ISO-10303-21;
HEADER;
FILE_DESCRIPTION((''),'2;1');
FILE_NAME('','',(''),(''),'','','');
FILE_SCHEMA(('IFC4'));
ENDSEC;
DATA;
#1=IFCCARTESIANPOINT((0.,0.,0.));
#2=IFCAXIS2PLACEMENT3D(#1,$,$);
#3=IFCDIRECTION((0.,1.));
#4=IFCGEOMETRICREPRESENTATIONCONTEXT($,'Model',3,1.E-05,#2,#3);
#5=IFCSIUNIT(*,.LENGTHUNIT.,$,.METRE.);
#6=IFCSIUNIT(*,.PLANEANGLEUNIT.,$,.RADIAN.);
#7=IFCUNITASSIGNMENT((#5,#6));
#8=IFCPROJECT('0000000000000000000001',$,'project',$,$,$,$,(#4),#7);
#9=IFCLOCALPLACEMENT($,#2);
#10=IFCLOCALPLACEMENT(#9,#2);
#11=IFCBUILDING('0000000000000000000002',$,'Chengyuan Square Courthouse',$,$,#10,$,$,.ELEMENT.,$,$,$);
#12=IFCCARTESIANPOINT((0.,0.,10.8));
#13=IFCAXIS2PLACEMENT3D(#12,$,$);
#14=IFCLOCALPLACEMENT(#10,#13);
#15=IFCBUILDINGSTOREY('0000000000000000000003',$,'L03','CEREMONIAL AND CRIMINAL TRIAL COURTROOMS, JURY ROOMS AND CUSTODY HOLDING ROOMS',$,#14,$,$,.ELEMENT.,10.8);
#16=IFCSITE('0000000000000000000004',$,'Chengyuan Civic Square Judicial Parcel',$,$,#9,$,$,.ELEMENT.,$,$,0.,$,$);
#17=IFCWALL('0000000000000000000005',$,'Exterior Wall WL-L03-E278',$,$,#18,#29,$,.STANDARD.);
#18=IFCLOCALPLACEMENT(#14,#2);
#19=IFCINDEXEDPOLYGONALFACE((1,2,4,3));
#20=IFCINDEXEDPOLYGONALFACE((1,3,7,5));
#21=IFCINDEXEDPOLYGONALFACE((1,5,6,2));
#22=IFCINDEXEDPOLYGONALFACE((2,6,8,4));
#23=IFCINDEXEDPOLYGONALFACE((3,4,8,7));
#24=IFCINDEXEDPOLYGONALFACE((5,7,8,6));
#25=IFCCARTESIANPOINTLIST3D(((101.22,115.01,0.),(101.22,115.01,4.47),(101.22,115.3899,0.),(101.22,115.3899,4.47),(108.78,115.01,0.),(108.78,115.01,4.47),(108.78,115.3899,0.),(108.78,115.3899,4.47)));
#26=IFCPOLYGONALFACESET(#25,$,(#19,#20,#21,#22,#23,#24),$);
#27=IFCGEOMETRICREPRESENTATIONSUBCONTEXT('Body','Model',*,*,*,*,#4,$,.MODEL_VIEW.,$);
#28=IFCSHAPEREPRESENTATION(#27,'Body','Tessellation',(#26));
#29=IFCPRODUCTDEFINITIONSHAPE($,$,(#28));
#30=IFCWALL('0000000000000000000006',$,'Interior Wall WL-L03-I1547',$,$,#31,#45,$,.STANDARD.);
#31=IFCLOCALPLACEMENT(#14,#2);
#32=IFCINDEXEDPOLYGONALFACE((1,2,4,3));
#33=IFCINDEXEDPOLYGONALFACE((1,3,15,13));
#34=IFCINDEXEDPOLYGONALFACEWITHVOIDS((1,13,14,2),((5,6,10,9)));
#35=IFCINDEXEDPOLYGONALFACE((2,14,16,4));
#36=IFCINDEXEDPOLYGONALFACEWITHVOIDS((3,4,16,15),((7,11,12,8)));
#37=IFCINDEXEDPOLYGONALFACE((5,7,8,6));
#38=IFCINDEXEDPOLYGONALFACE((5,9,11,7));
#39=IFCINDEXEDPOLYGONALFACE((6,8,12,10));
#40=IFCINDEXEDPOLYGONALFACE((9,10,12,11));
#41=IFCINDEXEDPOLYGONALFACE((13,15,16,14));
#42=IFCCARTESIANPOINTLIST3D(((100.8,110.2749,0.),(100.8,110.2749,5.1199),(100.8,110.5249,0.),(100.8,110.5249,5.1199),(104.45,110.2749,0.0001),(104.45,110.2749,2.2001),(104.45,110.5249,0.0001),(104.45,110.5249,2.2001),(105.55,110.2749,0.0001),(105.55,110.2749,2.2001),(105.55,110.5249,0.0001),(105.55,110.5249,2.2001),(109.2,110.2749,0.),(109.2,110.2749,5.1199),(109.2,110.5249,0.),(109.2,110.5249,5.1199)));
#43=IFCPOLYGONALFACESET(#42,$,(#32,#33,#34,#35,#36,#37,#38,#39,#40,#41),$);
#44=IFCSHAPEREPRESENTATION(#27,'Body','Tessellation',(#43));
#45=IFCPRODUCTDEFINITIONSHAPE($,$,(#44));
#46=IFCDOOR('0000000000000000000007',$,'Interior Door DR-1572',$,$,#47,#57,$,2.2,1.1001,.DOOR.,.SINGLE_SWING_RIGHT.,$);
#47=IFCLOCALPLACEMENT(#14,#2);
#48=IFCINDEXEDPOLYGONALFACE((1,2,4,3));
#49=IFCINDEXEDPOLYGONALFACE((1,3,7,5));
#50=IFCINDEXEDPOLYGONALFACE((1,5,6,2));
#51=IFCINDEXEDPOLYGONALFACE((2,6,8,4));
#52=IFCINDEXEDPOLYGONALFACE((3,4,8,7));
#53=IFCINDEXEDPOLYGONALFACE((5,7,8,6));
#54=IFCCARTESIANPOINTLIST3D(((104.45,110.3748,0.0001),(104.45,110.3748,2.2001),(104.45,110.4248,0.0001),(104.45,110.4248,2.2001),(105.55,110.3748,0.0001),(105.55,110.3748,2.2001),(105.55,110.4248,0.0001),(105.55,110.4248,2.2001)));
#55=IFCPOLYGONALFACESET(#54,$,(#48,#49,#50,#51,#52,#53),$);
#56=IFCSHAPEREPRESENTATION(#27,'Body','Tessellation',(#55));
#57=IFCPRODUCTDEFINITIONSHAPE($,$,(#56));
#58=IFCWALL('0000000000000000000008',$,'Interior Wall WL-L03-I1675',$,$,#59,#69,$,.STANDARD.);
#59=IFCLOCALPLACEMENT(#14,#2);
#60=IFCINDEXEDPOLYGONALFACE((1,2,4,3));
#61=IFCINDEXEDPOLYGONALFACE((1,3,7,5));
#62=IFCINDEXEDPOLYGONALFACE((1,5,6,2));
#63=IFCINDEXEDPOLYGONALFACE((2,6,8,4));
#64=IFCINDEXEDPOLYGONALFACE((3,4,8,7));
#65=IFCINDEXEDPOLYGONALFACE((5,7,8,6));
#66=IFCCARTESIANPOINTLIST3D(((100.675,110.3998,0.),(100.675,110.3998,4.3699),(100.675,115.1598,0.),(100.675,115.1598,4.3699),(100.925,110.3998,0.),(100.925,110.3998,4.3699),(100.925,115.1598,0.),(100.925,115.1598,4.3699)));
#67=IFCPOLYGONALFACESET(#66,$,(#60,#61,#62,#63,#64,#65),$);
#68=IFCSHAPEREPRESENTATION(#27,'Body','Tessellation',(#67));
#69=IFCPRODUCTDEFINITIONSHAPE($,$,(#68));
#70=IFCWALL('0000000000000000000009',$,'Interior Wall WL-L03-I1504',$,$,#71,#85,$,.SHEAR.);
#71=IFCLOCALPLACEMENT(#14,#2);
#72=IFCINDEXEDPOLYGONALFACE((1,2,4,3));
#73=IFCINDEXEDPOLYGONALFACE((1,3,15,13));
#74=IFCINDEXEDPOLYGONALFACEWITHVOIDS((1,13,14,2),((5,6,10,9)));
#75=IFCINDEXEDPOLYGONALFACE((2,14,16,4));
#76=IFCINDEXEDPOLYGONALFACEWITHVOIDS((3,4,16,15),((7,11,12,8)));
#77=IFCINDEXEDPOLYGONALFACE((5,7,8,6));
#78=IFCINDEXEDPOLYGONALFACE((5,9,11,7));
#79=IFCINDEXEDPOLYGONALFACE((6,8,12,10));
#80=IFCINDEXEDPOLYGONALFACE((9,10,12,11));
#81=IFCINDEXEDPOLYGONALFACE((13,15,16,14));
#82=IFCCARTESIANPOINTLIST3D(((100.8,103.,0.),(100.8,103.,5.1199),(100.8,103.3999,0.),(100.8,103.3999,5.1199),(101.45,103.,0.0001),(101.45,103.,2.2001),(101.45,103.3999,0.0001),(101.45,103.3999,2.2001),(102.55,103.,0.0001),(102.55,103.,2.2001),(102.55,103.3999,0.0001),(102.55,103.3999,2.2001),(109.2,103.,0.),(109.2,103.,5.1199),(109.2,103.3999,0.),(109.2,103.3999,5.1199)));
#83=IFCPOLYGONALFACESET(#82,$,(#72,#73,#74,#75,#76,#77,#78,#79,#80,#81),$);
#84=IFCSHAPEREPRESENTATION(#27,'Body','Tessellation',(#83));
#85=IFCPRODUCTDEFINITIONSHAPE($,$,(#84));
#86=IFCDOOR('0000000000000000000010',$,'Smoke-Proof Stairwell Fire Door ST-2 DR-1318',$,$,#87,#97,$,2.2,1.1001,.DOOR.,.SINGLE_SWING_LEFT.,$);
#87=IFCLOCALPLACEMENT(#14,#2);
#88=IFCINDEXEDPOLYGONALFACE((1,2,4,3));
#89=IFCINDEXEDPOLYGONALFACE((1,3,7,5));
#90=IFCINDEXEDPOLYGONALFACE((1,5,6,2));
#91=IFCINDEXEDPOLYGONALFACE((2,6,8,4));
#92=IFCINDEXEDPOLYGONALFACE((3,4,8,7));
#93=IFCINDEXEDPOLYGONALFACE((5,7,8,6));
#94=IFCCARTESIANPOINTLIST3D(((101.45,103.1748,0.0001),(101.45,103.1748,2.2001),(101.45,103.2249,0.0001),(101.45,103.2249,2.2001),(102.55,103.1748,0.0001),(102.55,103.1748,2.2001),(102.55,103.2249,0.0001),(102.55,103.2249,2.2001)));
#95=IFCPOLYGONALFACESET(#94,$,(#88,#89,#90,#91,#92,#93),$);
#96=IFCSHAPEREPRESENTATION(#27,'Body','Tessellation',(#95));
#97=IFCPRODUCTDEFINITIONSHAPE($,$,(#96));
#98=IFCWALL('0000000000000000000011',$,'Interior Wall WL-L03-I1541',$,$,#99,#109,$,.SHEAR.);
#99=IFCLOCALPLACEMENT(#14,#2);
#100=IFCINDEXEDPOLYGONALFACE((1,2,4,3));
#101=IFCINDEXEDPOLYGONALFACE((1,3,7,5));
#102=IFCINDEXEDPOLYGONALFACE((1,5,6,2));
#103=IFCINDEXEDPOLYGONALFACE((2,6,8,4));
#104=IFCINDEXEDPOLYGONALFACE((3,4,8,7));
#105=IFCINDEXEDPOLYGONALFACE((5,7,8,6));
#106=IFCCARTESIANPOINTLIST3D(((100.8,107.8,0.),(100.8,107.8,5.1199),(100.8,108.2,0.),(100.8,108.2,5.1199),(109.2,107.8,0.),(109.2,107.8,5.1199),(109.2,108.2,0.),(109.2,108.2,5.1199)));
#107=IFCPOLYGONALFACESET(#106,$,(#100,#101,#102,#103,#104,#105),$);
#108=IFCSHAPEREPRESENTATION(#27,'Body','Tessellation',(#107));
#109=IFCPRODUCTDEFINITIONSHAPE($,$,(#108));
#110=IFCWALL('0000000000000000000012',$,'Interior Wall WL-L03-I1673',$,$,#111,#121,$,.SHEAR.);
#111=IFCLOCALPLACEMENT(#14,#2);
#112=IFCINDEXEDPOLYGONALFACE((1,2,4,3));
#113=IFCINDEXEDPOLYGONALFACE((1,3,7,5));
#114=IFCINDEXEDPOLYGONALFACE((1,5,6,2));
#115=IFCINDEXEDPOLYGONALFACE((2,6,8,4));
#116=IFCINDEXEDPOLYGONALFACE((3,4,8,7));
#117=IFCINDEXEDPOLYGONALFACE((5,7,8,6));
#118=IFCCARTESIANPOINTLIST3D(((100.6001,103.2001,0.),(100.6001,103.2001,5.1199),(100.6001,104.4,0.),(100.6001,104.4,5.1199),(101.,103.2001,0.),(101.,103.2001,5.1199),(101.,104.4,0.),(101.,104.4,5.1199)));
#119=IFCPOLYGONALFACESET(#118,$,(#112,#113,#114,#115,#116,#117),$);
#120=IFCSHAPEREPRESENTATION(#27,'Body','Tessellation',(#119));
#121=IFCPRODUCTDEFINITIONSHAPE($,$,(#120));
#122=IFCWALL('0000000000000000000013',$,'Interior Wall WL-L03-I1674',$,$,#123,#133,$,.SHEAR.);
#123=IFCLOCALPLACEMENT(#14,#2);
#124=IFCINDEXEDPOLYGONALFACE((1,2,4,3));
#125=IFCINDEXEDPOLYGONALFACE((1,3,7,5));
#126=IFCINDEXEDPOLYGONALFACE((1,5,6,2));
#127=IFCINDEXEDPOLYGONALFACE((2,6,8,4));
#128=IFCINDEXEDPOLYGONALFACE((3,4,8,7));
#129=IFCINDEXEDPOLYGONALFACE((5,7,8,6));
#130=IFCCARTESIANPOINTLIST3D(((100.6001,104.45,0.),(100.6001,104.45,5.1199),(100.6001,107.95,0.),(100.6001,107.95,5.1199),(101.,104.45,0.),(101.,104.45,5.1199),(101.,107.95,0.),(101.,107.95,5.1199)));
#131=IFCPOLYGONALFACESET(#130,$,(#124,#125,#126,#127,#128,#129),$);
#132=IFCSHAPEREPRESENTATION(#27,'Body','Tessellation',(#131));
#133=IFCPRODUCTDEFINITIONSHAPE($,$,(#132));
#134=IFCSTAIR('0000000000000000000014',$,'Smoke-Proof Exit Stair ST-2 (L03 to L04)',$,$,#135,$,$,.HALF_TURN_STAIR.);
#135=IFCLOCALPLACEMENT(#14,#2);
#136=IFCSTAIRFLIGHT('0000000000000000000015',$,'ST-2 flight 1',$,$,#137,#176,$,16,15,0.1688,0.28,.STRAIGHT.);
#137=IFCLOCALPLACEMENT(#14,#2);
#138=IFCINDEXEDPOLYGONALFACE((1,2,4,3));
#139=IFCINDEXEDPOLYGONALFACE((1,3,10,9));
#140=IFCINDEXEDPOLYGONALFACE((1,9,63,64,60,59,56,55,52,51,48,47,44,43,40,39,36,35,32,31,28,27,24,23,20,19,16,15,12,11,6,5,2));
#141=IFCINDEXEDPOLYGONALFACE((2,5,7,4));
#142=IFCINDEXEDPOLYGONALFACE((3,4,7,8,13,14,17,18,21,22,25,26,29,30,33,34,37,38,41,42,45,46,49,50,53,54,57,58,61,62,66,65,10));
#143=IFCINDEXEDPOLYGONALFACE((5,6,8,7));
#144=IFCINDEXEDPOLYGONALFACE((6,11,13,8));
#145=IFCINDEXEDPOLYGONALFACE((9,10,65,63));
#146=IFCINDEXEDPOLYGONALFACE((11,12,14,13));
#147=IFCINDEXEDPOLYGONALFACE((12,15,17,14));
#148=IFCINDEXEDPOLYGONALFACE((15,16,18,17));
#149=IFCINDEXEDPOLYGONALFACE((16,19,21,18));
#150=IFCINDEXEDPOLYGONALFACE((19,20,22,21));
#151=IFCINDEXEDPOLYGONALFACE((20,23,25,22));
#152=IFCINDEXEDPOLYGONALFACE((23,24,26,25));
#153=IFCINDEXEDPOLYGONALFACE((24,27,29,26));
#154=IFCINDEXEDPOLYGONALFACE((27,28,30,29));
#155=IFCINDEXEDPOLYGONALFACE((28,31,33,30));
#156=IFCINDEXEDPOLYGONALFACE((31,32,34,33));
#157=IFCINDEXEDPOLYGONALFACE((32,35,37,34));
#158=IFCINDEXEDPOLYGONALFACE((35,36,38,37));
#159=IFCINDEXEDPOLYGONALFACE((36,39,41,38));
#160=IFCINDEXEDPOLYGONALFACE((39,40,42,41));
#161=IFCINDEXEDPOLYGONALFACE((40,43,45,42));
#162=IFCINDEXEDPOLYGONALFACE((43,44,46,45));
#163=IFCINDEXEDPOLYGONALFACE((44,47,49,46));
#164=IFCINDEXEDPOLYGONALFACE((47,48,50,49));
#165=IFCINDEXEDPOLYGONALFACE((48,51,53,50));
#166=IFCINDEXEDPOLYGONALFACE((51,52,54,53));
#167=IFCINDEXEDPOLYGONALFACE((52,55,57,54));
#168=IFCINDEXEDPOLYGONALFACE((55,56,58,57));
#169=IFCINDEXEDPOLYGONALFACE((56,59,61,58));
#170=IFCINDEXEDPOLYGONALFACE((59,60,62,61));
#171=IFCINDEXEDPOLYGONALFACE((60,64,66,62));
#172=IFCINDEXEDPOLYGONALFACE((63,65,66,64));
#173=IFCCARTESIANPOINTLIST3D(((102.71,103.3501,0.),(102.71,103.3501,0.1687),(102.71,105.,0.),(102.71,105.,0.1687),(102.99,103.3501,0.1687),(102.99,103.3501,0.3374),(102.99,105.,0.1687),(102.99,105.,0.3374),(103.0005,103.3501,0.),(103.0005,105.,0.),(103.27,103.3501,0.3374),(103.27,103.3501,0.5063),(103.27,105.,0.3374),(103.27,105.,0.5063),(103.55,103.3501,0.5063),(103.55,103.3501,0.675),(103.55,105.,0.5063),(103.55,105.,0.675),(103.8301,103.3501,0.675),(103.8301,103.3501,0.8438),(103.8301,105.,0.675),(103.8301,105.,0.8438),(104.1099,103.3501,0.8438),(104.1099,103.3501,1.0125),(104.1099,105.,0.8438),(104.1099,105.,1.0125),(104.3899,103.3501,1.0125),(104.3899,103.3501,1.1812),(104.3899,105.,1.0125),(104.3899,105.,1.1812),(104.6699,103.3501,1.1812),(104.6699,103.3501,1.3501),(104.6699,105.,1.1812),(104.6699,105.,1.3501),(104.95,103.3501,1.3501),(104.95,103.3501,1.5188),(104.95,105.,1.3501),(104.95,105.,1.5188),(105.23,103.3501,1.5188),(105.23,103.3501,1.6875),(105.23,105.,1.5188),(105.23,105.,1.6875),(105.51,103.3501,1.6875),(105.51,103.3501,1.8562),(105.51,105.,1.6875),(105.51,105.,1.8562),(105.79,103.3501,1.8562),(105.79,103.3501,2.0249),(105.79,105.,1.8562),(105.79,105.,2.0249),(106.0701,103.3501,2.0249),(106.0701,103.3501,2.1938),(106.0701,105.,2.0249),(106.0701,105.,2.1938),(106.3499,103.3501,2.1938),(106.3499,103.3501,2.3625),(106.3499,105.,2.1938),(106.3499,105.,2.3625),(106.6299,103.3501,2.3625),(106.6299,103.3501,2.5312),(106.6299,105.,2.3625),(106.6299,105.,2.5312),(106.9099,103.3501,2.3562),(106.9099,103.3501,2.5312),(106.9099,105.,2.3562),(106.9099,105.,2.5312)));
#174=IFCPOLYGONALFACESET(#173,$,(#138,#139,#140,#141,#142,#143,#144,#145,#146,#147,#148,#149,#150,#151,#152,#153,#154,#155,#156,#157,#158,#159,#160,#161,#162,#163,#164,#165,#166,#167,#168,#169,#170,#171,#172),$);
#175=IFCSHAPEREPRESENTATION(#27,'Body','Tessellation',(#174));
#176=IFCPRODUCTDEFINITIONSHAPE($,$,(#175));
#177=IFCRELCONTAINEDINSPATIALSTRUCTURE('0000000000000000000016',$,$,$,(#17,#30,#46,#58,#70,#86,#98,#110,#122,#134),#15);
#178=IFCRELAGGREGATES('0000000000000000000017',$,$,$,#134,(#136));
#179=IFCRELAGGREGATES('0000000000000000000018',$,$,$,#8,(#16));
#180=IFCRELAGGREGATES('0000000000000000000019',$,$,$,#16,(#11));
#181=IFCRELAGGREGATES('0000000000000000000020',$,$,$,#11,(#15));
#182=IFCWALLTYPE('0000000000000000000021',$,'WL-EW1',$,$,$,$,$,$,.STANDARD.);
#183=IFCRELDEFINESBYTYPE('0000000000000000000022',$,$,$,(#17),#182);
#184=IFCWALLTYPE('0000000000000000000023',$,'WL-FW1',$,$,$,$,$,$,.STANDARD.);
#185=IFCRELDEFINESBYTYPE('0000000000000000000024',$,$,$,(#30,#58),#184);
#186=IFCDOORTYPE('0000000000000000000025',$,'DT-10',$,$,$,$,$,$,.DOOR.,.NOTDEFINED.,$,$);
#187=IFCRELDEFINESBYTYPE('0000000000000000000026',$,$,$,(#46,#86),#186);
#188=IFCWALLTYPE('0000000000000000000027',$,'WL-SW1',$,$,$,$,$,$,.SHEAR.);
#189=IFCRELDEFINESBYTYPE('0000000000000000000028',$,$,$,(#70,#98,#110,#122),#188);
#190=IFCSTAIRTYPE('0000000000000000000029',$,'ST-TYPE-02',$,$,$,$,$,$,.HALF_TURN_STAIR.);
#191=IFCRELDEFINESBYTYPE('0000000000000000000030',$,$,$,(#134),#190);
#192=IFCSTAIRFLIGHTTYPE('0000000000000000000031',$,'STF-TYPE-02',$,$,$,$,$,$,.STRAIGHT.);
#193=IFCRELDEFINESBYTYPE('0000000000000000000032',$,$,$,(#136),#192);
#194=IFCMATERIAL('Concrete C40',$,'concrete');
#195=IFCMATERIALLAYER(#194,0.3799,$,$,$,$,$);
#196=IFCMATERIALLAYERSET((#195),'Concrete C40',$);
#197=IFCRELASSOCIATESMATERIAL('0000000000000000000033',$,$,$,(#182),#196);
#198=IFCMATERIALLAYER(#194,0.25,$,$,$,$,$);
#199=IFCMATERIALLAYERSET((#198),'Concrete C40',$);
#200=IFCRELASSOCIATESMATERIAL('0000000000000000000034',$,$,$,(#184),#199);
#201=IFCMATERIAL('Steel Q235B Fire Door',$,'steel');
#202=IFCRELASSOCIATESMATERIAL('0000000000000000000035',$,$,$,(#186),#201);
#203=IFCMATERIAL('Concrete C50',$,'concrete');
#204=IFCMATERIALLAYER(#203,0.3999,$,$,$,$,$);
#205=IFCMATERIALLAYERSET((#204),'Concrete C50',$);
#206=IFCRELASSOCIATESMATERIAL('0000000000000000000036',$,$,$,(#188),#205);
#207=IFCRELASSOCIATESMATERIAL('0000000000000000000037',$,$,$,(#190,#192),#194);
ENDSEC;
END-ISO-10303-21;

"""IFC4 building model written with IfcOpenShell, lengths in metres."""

from ifc_helpers import new_model, si_unit, direction, frame, frame_2d, origin, place, context, subcontext, project, spatial, polyline, rectangle, outline, extrude, material, layer, layer_set, type_object, element, fill, aggregate, save


model = new_model("IFC4")

# Units and contexts
model_context = context("Model", 3, precision=1e-05, world=origin(), true_north=direction((0.0, 1.0)))
body_context = subcontext(model_context, "Body", "Model", "MODEL_VIEW")
ifc_project = project(units=[si_unit("LENGTHUNIT", "METRE"), si_unit("PLANEANGLEUNIT", "RADIAN")], contexts=[model_context])

# Site, building, storey
site_placement = place(None, origin())
site = spatial("IfcSite", under=ifc_project, at=site_placement, Name="Chengyuan Civic Square Judicial Parcel", CompositionType="ELEMENT", RefElevation=0.0)
building_placement = place(site_placement, origin())
building = spatial("IfcBuilding", under=site, at=building_placement, Name="Chengyuan Square Courthouse", CompositionType="ELEMENT")
storey_placement = place(building_placement, frame((0.0, 0.0, 10.8)))
storey = spatial("IfcBuildingStorey", under=building, at=storey_placement, Name="L03", Description="CEREMONIAL AND CRIMINAL TRIAL COURTROOMS, JURY ROOMS AND CUSTODY HOLDING ROOMS", CompositionType="ELEMENT", Elevation=10.8)

# Shared definitions
ifc_material_1 = material(Name="Concrete C50", Category="concrete")

# Shared definitions
ifc_material_2 = material(Name="Concrete C40", Category="concrete")

# Wall
ifc_layer_1 = layer(ifc_material_2, 0.3799)
ifc_layer_set_1 = layer_set([ifc_layer_1], Name="Concrete C40")
wall_type_1 = type_object("IfcWallType", Name="WL-EW1", PredefinedType="STANDARD", material=ifc_layer_set_1)
wall_1_placement = place(storey_placement, frame((101.22, 115.2, 0.0), z_axis=(0.0, 0.0, 1.0), x_axis=(1.0, 0.0, 0.0)))
element("IfcWall", 1, at=wall_1_placement, inside=storey, type_object=wall_type_1, Name="Exterior Wall WL-L03-E278", PredefinedType="STANDARD", context=body_context, shape_type="SweptSolid", body=[
    extrude(rectangle(XDim=7.5601, YDim=0.3799, at=frame_2d((3.78, 0.0))), origin(), (0.0, 0.0, 1.0), 4.47),
])

# Wall, opening, door
ifc_layer_2 = layer(ifc_material_2, 0.25)
ifc_layer_set_2 = layer_set([ifc_layer_2], Name="Concrete C40")
wall_type_2 = type_object("IfcWallType", Name="WL-FW1", PredefinedType="STANDARD", material=ifc_layer_set_2)
wall_2_placement = place(storey_placement, frame((100.8, 110.3999, 0.0), z_axis=(0.0, 0.0, 1.0), x_axis=(1.0, 0.0, 0.0)))
wall_2 = element("IfcWall", 2, at=wall_2_placement, inside=storey, type_object=wall_type_2, Name="Interior Wall WL-L03-I1547", PredefinedType="STANDARD", context=body_context, shape_type="SweptSolid", body=[
    extrude(rectangle(XDim=8.3999, YDim=0.25, at=frame_2d((4.2, 0.0))), origin(), (0.0, 0.0, 1.0), 5.1199),
])
opening_1_placement = place(wall_2_placement, frame((3.6499, 0.0, 0.0)))
opening_1 = element("IfcOpeningElement", 3, at=opening_1_placement, cuts=wall_2, PredefinedType="OPENING", context=body_context, shape_type="SweptSolid", body=[
    extrude(rectangle(XDim=1.1001, YDim=2.2, at=frame_2d((0.55, 1.1001))), frame((0.0, 0.137, 0.0), z_axis=(0.0, -1.0, 0.0), x_axis=(1.0, 0.0, 0.0)), (0.0, 0.0, 1.0), 0.2739),
])
ifc_material_3 = material(Name="Steel Q235B Fire Door", Category="steel")
door_type = type_object("IfcDoorType", Name="DT-10", OperationType="NOTDEFINED", PredefinedType="DOOR", material=ifc_material_3)
door_1_placement = place(opening_1_placement, origin())
door_1 = element("IfcDoor", 4, at=door_1_placement, inside=storey, type_object=door_type, Name="Interior Door DR-1572", OperationType="SINGLE_SWING_RIGHT", OverallHeight=2.2, OverallWidth=1.1001, PredefinedType="DOOR", context=body_context, shape_type="SweptSolid", body=[
    extrude(rectangle(XDim=1.1001, YDim=2.2, at=frame_2d((0.55, 1.1001))), frame((0.0, 0.0249, 0.0), z_axis=(0.0, -1.0, 0.0), x_axis=(1.0, 0.0, 0.0)), (0.0, 0.0, 1.0), 0.05),
])
fill(opening_1, door_1)

# Wall
wall_3_placement = place(storey_placement, frame((100.8, 110.3999, 0.0), z_axis=(0.0, 0.0, 1.0), x_axis=(0.0, 1.0, 0.0)))
element("IfcWall", 5, at=wall_3_placement, inside=storey, type_object=wall_type_2, Name="Interior Wall WL-L03-I1675", PredefinedType="STANDARD", context=body_context, shape_type="SweptSolid", body=[
    extrude(rectangle(XDim=4.76, YDim=0.25, at=frame_2d((2.3799, 0.0))), origin(), (0.0, 0.0, 1.0), 4.3699),
])

# Wall, opening, door
ifc_layer_3 = layer(ifc_material_1, 0.3999)
ifc_layer_set_3 = layer_set([ifc_layer_3], Name="Concrete C50")
wall_type_3 = type_object("IfcWallType", Name="WL-SW1", PredefinedType="SHEAR", material=ifc_layer_set_3)
wall_4_placement = place(storey_placement, frame((100.8, 103.2, 0.0), z_axis=(0.0, 0.0, 1.0), x_axis=(1.0, 0.0, 0.0)))
wall_4 = element("IfcWall", 6, at=wall_4_placement, inside=storey, type_object=wall_type_3, Name="Interior Wall WL-L03-I1504", PredefinedType="SHEAR", context=body_context, shape_type="SweptSolid", body=[
    extrude(rectangle(XDim=8.3999, YDim=0.3999, at=frame_2d((4.2, 0.0))), origin(), (0.0, 0.0, 1.0), 5.1199),
])
opening_2_placement = place(wall_4_placement, frame((0.6499, 0.0, 0.0)))
opening_2 = element("IfcOpeningElement", 7, at=opening_2_placement, cuts=wall_4, PredefinedType="OPENING", context=body_context, shape_type="SweptSolid", body=[
    extrude(rectangle(XDim=1.1001, YDim=2.2, at=frame_2d((0.55, 1.1001))), frame((0.0, 0.2119, 0.0), z_axis=(0.0, -1.0, 0.0), x_axis=(1.0, 0.0, 0.0)), (0.0, 0.0, 1.0), 0.4238),
])
door_2_placement = place(opening_2_placement, origin())
door_2 = element("IfcDoor", 8, at=door_2_placement, inside=storey, type_object=door_type, Name="Smoke-Proof Stairwell Fire Door ST-2 DR-1318", OperationType="SINGLE_SWING_LEFT", OverallHeight=2.2, OverallWidth=1.1001, PredefinedType="DOOR", context=body_context, shape_type="SweptSolid", body=[
    extrude(rectangle(XDim=1.1001, YDim=2.2, at=frame_2d((0.55, 1.1001))), frame((0.0, 0.0249, 0.0), z_axis=(0.0, -1.0, 0.0), x_axis=(1.0, 0.0, 0.0)), (0.0, 0.0, 1.0), 0.05),
])
fill(opening_2, door_2)

# Walls
wall_5_placement = place(storey_placement, frame((100.8, 108.0, 0.0), z_axis=(0.0, 0.0, 1.0), x_axis=(1.0, 0.0, 0.0)))
element("IfcWall", 9, at=wall_5_placement, inside=storey, type_object=wall_type_3, Name="Interior Wall WL-L03-I1541", PredefinedType="SHEAR", context=body_context, shape_type="SweptSolid", body=[
    extrude(rectangle(XDim=8.3999, YDim=0.3999, at=frame_2d((4.2, 0.0))), origin(), (0.0, 0.0, 1.0), 5.1199),
])
wall_6_placement = place(storey_placement, frame((100.8, 103.2, 0.0), z_axis=(0.0, 0.0, 1.0), x_axis=(0.0, 1.0, 0.0)))
element("IfcWall", 10, at=wall_6_placement, inside=storey, type_object=wall_type_3, Name="Interior Wall WL-L03-I1673", PredefinedType="SHEAR", context=body_context, shape_type="SweptSolid", body=[
    extrude(rectangle(XDim=1.2, YDim=0.3999, at=frame_2d((0.6001, 0.0))), origin(), (0.0, 0.0, 1.0), 5.1199),
])
wall_7_placement = place(storey_placement, frame((100.8, 104.45, 0.0), z_axis=(0.0, 0.0, 1.0), x_axis=(0.0, 1.0, 0.0)))
element("IfcWall", 11, at=wall_7_placement, inside=storey, type_object=wall_type_3, Name="Interior Wall WL-L03-I1674", PredefinedType="SHEAR", context=body_context, shape_type="SweptSolid", body=[
    extrude(rectangle(XDim=3.5, YDim=0.3999, at=frame_2d((1.75, 0.0))), origin(), (0.0, 0.0, 1.0), 5.1199),
])

# Stair, stair flight
stair_type = type_object("IfcStairType", Name="ST-TYPE-02", PredefinedType="HALF_TURN_STAIR", material=ifc_material_2)
stair_placement = place(storey_placement, origin())
stair = element("IfcStair", 12, at=stair_placement, inside=storey, type_object=stair_type, Name="Smoke-Proof Exit Stair ST-2 (L03 to L04)", PredefinedType="HALF_TURN_STAIR")
stair_flight_type = type_object("IfcStairFlightType", Name="STF-TYPE-02", PredefinedType="STRAIGHT", material=ifc_material_2)
stair_flight_1_placement = place(storey_placement, frame((102.71, 104.175, 0.0), z_axis=(0.0, 0.0, 1.0), x_axis=(1.0, 0.0, 0.0)))
stair_flight_1 = element("IfcStairFlight", 13, at=stair_flight_1_placement, type_object=stair_flight_type, Name="ST-2 flight 1", NumberOfRisers=16, NumberOfTreads=15, PredefinedType="STRAIGHT", RiserHeight=0.1688, TreadLength=0.28, context=body_context, shape_type="SweptSolid", body=[
    extrude(outline(polyline([(0.0, 0.0), (0.0, 0.1687), (0.28, 0.1687), (0.28, 0.3374), (0.5601, 0.3374), (0.5601, 0.5063), (0.8401, 0.5063), (0.8401, 0.675), (1.1201, 0.675), (1.1201, 0.8438), (1.3999, 0.8438), (1.3999, 1.0125), (1.6799, 1.0125), (1.6799, 1.1812), (1.96, 1.1812), (1.96, 1.3501), (2.24, 1.3501), (2.24, 1.5188), (2.52, 1.5188), (2.52, 1.6875), (2.8, 1.6875), (2.8, 1.8562), (3.0801, 1.8562), (3.0801, 2.0249), (3.3601, 2.0249), (3.3601, 2.1938), (3.6399, 2.1938), (3.6399, 2.3625), (3.9199, 2.3625), (3.9199, 2.5312), (4.2, 2.5312), (4.2, 2.7), (4.2, 2.3562), (0.2905, 0.0), (0.0, 0.0)])), frame((0.0, 0.825, 0.0), z_axis=(0.0, -1.0, 0.0), x_axis=(1.0, 0.0, 0.0)), (0.0, 0.0, 1.0), 1.6499),
])
aggregate(stair, [stair_flight_1])

save(model, "model.ifc")
